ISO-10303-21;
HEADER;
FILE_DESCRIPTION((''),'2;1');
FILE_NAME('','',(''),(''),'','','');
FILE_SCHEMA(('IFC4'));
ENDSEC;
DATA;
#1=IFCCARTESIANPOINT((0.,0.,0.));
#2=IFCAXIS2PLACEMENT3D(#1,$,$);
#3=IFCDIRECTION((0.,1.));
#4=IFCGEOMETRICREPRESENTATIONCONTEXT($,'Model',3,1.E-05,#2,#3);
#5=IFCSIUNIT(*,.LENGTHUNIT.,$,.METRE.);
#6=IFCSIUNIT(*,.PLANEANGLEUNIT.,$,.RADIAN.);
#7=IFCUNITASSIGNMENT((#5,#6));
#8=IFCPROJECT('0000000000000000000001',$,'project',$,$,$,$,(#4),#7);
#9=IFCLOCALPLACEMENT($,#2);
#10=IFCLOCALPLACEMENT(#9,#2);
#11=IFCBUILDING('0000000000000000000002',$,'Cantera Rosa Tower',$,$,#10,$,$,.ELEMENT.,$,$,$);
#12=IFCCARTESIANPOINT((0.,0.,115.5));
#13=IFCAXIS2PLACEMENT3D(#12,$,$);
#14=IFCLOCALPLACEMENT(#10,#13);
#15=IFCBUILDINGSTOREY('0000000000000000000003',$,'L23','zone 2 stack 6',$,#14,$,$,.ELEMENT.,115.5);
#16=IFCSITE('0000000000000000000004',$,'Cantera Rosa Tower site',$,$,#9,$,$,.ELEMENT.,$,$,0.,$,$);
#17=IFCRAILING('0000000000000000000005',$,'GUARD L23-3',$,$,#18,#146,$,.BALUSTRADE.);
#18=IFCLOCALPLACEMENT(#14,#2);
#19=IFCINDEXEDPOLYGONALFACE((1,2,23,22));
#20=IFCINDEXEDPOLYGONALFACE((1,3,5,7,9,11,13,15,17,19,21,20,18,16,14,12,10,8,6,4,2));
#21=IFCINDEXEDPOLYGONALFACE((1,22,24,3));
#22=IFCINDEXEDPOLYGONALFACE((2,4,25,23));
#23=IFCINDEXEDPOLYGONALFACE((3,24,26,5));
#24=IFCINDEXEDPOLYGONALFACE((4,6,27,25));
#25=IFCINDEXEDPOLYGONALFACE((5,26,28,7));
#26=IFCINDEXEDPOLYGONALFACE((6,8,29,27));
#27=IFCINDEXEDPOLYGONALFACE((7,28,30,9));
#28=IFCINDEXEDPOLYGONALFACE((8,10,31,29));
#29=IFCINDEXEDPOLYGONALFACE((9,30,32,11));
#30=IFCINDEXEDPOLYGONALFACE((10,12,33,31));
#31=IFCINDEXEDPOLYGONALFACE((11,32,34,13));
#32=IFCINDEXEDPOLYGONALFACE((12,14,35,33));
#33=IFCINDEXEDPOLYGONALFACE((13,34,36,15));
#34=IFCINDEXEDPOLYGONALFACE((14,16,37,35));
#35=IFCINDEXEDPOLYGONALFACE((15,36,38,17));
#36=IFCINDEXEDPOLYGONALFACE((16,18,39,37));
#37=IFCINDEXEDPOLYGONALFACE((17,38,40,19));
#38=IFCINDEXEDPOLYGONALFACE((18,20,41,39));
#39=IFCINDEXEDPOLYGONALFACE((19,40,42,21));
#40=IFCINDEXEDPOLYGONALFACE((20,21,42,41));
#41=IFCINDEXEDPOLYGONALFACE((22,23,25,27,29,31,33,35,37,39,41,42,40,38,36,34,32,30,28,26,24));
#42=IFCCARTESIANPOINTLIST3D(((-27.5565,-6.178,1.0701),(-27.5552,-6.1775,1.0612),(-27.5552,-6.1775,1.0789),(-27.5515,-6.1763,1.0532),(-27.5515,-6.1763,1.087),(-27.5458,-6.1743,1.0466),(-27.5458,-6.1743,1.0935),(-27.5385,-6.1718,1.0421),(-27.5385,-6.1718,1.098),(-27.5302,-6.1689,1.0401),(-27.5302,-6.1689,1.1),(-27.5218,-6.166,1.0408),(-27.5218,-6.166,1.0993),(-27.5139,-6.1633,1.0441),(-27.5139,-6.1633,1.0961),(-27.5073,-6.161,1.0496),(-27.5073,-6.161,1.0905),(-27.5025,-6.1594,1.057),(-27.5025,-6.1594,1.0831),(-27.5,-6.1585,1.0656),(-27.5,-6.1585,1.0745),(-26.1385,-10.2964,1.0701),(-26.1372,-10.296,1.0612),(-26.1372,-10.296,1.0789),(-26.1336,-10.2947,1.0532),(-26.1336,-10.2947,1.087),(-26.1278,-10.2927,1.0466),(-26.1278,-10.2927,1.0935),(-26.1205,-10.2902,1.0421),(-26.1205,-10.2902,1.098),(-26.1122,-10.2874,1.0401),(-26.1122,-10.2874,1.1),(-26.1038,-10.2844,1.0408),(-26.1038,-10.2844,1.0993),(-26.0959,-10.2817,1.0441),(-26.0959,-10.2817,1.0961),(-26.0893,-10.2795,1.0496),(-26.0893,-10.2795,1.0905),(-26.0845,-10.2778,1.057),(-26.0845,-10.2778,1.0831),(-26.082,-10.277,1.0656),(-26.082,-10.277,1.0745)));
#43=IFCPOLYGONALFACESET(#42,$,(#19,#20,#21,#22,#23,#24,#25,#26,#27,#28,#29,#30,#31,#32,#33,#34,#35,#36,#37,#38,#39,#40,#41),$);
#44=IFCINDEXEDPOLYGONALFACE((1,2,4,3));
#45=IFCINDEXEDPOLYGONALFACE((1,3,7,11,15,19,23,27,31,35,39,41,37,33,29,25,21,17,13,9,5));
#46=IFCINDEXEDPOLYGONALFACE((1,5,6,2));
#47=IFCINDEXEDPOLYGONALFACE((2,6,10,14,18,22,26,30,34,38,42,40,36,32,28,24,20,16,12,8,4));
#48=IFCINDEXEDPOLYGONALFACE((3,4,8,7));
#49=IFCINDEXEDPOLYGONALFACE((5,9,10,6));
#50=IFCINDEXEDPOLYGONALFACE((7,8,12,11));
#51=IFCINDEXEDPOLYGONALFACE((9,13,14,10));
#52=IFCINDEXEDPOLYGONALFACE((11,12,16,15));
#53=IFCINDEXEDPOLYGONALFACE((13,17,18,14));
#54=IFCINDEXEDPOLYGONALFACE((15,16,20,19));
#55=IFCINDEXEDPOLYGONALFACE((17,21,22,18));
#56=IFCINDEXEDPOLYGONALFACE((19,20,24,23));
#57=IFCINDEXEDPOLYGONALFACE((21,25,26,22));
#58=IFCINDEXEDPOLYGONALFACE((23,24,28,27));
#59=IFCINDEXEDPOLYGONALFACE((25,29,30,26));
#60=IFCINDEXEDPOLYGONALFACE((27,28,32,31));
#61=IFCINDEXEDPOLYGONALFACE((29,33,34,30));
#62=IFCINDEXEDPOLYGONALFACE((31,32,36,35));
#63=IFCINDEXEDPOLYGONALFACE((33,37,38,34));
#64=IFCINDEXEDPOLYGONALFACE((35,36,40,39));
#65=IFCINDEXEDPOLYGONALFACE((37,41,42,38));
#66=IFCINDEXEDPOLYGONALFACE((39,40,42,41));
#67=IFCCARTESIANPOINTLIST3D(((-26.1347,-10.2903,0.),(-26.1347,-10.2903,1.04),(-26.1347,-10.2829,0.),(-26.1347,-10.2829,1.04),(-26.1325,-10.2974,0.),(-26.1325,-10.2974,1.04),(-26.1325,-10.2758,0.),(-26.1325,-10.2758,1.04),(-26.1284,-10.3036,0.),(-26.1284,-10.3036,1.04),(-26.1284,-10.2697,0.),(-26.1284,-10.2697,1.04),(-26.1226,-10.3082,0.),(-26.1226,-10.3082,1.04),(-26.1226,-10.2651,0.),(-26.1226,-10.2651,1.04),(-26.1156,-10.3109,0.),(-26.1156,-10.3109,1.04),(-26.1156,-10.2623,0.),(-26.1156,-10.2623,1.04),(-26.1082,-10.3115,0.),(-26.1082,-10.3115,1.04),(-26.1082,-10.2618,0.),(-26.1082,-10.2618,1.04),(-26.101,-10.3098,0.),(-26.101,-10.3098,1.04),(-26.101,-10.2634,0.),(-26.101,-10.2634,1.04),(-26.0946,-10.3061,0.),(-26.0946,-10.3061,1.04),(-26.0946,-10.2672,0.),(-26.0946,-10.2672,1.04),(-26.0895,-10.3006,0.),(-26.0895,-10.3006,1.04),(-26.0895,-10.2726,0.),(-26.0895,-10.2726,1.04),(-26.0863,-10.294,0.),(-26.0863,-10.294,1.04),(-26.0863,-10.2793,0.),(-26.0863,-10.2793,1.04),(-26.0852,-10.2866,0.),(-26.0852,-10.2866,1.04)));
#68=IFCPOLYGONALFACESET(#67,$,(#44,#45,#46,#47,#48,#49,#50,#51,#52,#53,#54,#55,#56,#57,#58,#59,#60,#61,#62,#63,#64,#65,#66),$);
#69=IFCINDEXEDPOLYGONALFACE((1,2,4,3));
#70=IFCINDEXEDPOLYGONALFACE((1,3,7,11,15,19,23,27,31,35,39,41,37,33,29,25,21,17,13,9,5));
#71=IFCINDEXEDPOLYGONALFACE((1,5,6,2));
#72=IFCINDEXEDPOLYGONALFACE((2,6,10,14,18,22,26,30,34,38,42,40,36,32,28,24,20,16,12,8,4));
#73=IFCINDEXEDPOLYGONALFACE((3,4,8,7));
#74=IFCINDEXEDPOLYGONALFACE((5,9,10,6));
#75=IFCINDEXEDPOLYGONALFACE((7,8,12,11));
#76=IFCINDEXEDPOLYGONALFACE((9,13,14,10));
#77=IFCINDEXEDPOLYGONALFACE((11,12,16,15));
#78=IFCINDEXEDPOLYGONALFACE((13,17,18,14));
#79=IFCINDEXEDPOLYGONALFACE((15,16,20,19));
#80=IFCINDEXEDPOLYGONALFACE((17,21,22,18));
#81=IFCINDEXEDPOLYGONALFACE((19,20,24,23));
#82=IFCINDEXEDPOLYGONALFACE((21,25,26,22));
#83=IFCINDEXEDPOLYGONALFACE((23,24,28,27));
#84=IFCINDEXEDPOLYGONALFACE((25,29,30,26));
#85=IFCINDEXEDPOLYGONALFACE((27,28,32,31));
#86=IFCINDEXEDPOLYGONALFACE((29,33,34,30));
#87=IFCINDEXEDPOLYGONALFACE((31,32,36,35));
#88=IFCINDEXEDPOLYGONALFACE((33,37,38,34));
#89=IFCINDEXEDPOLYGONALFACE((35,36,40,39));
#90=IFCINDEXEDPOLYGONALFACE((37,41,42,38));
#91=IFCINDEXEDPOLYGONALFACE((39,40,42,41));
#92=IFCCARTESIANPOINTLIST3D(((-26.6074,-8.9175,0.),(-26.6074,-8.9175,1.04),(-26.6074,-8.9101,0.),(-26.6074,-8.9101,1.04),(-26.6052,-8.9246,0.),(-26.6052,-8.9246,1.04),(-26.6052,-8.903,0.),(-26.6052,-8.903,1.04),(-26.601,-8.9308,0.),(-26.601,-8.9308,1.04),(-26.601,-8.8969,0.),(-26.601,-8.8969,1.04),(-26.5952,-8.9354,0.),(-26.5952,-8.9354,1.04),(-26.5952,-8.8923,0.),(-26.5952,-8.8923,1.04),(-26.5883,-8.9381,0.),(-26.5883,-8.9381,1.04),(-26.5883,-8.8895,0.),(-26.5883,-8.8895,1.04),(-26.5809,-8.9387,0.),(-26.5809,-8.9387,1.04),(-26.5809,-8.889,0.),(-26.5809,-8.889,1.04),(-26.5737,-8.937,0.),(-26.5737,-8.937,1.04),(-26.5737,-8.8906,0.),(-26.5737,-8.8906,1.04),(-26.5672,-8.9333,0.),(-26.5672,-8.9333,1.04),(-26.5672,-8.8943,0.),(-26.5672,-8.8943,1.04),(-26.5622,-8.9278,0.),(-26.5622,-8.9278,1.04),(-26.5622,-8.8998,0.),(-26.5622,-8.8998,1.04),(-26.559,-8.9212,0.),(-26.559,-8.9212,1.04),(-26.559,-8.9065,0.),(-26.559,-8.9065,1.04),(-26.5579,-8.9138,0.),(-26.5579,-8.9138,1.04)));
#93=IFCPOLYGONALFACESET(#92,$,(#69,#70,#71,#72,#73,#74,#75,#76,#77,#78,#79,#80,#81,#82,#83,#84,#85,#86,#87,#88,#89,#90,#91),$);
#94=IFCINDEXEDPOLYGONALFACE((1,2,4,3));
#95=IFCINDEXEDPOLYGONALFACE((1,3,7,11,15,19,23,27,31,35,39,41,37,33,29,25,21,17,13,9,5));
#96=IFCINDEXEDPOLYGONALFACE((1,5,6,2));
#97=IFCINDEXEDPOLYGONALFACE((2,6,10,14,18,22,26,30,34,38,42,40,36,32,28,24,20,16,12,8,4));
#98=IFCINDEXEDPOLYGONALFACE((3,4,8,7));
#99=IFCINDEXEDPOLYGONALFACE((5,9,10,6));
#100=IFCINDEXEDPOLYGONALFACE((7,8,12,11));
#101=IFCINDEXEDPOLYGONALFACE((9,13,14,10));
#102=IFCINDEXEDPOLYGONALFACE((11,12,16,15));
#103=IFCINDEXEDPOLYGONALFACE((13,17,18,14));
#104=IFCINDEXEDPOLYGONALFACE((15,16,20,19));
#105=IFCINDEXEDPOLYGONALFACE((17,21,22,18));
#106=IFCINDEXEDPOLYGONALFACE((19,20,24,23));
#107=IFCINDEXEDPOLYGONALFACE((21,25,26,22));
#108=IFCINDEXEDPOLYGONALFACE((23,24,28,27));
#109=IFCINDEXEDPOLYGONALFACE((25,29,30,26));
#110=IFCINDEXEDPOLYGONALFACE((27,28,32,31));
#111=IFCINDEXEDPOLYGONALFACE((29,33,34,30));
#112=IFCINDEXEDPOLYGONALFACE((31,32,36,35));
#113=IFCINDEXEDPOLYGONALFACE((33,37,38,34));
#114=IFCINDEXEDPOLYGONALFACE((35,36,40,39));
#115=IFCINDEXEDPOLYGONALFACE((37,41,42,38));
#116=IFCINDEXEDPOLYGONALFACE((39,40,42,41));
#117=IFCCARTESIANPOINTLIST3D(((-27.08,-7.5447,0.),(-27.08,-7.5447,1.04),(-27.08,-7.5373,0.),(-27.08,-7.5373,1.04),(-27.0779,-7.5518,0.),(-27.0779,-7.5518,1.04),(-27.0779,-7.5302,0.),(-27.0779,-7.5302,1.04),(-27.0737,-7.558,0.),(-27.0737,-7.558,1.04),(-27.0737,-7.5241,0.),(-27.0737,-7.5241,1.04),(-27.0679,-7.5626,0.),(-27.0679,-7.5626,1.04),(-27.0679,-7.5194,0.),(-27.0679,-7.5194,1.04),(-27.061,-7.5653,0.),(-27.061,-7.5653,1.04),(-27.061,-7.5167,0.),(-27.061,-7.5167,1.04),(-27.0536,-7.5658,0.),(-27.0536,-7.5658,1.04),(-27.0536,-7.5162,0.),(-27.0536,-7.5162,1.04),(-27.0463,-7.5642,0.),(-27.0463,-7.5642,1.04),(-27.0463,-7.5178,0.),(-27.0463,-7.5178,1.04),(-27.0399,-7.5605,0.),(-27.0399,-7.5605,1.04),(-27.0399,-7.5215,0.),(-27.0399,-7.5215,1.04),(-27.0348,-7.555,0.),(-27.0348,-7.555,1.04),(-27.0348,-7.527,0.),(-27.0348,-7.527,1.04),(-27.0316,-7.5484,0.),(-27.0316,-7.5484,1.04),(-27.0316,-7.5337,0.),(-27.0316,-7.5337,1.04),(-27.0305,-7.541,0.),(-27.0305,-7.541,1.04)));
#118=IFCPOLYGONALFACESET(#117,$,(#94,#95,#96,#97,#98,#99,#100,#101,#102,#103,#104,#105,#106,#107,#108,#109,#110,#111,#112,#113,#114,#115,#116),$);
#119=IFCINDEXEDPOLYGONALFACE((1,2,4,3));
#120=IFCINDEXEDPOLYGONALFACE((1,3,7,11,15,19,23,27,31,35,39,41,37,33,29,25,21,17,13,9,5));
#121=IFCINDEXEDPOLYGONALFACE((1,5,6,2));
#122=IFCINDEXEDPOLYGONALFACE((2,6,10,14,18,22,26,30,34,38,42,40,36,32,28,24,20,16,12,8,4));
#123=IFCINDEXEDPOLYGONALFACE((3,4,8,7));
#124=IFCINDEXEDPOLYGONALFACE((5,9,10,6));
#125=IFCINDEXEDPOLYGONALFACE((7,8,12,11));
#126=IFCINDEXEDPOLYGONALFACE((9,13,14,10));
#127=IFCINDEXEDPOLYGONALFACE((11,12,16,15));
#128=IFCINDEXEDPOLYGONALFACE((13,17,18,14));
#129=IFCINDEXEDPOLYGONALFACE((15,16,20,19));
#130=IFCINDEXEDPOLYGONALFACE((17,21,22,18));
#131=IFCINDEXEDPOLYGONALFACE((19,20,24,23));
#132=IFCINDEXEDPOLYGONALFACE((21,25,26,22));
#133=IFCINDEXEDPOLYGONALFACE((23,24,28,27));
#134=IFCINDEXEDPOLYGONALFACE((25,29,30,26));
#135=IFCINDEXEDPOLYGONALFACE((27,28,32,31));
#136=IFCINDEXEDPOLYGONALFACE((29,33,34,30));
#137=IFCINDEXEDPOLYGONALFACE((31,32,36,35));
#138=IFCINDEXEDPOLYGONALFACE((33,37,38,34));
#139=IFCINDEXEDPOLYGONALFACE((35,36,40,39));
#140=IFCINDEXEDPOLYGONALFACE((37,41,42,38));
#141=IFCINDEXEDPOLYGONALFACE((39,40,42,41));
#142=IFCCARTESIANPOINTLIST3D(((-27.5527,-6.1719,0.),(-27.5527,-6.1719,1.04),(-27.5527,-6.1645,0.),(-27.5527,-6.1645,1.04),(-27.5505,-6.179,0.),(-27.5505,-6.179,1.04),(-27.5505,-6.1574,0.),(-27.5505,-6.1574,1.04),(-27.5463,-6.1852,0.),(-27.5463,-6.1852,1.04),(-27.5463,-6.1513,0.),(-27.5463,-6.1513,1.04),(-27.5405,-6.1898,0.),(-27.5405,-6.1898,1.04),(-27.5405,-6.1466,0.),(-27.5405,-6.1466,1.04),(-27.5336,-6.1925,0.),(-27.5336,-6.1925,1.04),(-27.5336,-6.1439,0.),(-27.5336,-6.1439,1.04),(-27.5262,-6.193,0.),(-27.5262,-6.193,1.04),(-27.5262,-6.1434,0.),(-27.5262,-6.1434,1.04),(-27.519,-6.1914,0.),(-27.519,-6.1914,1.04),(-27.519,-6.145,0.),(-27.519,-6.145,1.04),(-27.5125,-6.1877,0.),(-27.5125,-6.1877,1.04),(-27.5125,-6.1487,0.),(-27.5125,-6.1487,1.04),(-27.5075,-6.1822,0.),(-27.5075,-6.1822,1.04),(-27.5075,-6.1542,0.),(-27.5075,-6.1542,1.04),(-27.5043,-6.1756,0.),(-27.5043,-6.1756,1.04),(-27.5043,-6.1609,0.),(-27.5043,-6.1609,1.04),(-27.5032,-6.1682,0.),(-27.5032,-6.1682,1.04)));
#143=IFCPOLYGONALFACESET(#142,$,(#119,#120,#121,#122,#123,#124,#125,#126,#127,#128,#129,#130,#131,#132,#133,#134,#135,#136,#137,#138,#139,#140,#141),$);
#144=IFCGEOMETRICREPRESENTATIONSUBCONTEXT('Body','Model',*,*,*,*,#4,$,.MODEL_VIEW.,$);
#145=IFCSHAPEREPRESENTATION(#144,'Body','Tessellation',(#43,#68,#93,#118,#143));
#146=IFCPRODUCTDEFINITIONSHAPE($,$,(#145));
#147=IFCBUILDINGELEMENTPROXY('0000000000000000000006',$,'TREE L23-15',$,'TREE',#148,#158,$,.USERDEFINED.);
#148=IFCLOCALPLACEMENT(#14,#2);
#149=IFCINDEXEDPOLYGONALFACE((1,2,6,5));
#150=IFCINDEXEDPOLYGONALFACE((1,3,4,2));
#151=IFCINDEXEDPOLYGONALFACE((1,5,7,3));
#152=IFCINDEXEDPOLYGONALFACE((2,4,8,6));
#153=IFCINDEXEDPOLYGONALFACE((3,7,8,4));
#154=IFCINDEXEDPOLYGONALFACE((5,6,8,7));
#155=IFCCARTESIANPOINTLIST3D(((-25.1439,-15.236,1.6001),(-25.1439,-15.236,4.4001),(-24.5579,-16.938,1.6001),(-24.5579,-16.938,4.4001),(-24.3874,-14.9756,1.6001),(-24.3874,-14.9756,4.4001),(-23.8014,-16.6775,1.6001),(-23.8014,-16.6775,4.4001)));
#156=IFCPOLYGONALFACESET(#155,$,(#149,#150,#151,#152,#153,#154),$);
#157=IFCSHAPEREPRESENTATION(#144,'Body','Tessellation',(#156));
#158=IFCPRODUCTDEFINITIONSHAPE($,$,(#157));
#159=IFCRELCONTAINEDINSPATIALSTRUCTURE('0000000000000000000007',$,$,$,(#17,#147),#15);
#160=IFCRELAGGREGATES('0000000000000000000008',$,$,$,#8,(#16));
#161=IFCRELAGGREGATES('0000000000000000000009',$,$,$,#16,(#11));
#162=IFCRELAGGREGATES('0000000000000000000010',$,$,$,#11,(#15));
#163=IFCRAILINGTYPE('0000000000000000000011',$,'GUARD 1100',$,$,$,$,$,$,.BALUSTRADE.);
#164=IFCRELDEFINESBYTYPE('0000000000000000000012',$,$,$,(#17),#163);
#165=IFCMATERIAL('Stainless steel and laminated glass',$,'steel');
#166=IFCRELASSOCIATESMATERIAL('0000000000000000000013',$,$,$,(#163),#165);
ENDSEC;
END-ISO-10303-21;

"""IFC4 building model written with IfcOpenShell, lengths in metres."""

from ifc_helpers import new_model, si_unit, direction, frame, origin, origin_2d, place, context, subcontext, project, spatial, rectangle, circle, extrude, material, type_object, element, save


model = new_model("IFC4")

# Units and contexts
model_context = context("Model", 3, precision=1e-05, world=origin(), true_north=direction((0.0, 1.0)))
body_context = subcontext(model_context, "Body", "Model", "MODEL_VIEW")
ifc_project = project(units=[si_unit("LENGTHUNIT", "METRE"), si_unit("PLANEANGLEUNIT", "RADIAN")], contexts=[model_context])

# Site, building, storey
site_placement = place(None, origin())
site = spatial("IfcSite", under=ifc_project, at=site_placement, Name="Cantera Rosa Tower site", CompositionType="ELEMENT", RefElevation=0.0)
building_placement = place(site_placement, origin())
building = spatial("IfcBuilding", under=site, at=building_placement, Name="Cantera Rosa Tower", CompositionType="ELEMENT")
storey_placement = place(building_placement, frame((0.0, 0.0, 115.5)))
storey = spatial("IfcBuildingStorey", under=building, at=storey_placement, Name="L23", Description="zone 2 stack 6", CompositionType="ELEMENT", Elevation=115.5)

# Railing
ifc_material_1 = material(Name="Stainless steel and laminated glass", Category="steel")
railing_type = type_object("IfcRailingType", Name="GUARD 1100", PredefinedType="BALUSTRADE", material=ifc_material_1)
railing_placement = place(storey_placement, frame((-26.1101, -10.2866, 0.0)))
element("IfcRailing", 1, at=railing_placement, inside=storey, type_object=railing_type, Name="GUARD L23-3", PredefinedType="BALUSTRADE", context=body_context, shape_type="SweptSolid", body=[
    extrude(circle(Radius=0.03, at=origin_2d()), frame((0.0, 0.0, 1.0701), z_axis=(-0.325545, 0.945527, 0.0), x_axis=(-0.945527, -0.325545, 0.0)), (0.0, 0.0, 1.0), 4.3557),
    extrude(circle(Radius=0.0249, at=origin_2d()), origin(), (0.0, 0.0, 1.0), 1.04),
    extrude(circle(Radius=0.0249, at=origin_2d()), frame((-0.4727, 1.3728, 0.0)), (0.0, 0.0, 1.0), 1.04),
    extrude(circle(Radius=0.0249, at=origin_2d()), frame((-0.9453, 2.7456, 0.0)), (0.0, 0.0, 1.0), 1.04),
    extrude(circle(Radius=0.0249, at=origin_2d()), frame((-1.418, 4.1184, 0.0)), (0.0, 0.0, 1.0), 1.04),
])

# Building element proxy
proxy_placement = place(storey_placement, frame((-24.4727, -15.9568, 1.6001), z_axis=(0.0, 0.0, 1.0), x_axis=(0.325568, -0.945519, 0.0)))
element("IfcBuildingElementProxy", 2, at=proxy_placement, inside=storey, Name="TREE L23-15", ObjectType="TREE", PredefinedType="USERDEFINED", context=body_context, shape_type="SweptSolid", body=[
    extrude(rectangle(XDim=1.8, YDim=0.8, at=origin_2d()), origin(), (0.0, 0.0, 1.0), 2.8),
])

save(model, "model.ifc")
